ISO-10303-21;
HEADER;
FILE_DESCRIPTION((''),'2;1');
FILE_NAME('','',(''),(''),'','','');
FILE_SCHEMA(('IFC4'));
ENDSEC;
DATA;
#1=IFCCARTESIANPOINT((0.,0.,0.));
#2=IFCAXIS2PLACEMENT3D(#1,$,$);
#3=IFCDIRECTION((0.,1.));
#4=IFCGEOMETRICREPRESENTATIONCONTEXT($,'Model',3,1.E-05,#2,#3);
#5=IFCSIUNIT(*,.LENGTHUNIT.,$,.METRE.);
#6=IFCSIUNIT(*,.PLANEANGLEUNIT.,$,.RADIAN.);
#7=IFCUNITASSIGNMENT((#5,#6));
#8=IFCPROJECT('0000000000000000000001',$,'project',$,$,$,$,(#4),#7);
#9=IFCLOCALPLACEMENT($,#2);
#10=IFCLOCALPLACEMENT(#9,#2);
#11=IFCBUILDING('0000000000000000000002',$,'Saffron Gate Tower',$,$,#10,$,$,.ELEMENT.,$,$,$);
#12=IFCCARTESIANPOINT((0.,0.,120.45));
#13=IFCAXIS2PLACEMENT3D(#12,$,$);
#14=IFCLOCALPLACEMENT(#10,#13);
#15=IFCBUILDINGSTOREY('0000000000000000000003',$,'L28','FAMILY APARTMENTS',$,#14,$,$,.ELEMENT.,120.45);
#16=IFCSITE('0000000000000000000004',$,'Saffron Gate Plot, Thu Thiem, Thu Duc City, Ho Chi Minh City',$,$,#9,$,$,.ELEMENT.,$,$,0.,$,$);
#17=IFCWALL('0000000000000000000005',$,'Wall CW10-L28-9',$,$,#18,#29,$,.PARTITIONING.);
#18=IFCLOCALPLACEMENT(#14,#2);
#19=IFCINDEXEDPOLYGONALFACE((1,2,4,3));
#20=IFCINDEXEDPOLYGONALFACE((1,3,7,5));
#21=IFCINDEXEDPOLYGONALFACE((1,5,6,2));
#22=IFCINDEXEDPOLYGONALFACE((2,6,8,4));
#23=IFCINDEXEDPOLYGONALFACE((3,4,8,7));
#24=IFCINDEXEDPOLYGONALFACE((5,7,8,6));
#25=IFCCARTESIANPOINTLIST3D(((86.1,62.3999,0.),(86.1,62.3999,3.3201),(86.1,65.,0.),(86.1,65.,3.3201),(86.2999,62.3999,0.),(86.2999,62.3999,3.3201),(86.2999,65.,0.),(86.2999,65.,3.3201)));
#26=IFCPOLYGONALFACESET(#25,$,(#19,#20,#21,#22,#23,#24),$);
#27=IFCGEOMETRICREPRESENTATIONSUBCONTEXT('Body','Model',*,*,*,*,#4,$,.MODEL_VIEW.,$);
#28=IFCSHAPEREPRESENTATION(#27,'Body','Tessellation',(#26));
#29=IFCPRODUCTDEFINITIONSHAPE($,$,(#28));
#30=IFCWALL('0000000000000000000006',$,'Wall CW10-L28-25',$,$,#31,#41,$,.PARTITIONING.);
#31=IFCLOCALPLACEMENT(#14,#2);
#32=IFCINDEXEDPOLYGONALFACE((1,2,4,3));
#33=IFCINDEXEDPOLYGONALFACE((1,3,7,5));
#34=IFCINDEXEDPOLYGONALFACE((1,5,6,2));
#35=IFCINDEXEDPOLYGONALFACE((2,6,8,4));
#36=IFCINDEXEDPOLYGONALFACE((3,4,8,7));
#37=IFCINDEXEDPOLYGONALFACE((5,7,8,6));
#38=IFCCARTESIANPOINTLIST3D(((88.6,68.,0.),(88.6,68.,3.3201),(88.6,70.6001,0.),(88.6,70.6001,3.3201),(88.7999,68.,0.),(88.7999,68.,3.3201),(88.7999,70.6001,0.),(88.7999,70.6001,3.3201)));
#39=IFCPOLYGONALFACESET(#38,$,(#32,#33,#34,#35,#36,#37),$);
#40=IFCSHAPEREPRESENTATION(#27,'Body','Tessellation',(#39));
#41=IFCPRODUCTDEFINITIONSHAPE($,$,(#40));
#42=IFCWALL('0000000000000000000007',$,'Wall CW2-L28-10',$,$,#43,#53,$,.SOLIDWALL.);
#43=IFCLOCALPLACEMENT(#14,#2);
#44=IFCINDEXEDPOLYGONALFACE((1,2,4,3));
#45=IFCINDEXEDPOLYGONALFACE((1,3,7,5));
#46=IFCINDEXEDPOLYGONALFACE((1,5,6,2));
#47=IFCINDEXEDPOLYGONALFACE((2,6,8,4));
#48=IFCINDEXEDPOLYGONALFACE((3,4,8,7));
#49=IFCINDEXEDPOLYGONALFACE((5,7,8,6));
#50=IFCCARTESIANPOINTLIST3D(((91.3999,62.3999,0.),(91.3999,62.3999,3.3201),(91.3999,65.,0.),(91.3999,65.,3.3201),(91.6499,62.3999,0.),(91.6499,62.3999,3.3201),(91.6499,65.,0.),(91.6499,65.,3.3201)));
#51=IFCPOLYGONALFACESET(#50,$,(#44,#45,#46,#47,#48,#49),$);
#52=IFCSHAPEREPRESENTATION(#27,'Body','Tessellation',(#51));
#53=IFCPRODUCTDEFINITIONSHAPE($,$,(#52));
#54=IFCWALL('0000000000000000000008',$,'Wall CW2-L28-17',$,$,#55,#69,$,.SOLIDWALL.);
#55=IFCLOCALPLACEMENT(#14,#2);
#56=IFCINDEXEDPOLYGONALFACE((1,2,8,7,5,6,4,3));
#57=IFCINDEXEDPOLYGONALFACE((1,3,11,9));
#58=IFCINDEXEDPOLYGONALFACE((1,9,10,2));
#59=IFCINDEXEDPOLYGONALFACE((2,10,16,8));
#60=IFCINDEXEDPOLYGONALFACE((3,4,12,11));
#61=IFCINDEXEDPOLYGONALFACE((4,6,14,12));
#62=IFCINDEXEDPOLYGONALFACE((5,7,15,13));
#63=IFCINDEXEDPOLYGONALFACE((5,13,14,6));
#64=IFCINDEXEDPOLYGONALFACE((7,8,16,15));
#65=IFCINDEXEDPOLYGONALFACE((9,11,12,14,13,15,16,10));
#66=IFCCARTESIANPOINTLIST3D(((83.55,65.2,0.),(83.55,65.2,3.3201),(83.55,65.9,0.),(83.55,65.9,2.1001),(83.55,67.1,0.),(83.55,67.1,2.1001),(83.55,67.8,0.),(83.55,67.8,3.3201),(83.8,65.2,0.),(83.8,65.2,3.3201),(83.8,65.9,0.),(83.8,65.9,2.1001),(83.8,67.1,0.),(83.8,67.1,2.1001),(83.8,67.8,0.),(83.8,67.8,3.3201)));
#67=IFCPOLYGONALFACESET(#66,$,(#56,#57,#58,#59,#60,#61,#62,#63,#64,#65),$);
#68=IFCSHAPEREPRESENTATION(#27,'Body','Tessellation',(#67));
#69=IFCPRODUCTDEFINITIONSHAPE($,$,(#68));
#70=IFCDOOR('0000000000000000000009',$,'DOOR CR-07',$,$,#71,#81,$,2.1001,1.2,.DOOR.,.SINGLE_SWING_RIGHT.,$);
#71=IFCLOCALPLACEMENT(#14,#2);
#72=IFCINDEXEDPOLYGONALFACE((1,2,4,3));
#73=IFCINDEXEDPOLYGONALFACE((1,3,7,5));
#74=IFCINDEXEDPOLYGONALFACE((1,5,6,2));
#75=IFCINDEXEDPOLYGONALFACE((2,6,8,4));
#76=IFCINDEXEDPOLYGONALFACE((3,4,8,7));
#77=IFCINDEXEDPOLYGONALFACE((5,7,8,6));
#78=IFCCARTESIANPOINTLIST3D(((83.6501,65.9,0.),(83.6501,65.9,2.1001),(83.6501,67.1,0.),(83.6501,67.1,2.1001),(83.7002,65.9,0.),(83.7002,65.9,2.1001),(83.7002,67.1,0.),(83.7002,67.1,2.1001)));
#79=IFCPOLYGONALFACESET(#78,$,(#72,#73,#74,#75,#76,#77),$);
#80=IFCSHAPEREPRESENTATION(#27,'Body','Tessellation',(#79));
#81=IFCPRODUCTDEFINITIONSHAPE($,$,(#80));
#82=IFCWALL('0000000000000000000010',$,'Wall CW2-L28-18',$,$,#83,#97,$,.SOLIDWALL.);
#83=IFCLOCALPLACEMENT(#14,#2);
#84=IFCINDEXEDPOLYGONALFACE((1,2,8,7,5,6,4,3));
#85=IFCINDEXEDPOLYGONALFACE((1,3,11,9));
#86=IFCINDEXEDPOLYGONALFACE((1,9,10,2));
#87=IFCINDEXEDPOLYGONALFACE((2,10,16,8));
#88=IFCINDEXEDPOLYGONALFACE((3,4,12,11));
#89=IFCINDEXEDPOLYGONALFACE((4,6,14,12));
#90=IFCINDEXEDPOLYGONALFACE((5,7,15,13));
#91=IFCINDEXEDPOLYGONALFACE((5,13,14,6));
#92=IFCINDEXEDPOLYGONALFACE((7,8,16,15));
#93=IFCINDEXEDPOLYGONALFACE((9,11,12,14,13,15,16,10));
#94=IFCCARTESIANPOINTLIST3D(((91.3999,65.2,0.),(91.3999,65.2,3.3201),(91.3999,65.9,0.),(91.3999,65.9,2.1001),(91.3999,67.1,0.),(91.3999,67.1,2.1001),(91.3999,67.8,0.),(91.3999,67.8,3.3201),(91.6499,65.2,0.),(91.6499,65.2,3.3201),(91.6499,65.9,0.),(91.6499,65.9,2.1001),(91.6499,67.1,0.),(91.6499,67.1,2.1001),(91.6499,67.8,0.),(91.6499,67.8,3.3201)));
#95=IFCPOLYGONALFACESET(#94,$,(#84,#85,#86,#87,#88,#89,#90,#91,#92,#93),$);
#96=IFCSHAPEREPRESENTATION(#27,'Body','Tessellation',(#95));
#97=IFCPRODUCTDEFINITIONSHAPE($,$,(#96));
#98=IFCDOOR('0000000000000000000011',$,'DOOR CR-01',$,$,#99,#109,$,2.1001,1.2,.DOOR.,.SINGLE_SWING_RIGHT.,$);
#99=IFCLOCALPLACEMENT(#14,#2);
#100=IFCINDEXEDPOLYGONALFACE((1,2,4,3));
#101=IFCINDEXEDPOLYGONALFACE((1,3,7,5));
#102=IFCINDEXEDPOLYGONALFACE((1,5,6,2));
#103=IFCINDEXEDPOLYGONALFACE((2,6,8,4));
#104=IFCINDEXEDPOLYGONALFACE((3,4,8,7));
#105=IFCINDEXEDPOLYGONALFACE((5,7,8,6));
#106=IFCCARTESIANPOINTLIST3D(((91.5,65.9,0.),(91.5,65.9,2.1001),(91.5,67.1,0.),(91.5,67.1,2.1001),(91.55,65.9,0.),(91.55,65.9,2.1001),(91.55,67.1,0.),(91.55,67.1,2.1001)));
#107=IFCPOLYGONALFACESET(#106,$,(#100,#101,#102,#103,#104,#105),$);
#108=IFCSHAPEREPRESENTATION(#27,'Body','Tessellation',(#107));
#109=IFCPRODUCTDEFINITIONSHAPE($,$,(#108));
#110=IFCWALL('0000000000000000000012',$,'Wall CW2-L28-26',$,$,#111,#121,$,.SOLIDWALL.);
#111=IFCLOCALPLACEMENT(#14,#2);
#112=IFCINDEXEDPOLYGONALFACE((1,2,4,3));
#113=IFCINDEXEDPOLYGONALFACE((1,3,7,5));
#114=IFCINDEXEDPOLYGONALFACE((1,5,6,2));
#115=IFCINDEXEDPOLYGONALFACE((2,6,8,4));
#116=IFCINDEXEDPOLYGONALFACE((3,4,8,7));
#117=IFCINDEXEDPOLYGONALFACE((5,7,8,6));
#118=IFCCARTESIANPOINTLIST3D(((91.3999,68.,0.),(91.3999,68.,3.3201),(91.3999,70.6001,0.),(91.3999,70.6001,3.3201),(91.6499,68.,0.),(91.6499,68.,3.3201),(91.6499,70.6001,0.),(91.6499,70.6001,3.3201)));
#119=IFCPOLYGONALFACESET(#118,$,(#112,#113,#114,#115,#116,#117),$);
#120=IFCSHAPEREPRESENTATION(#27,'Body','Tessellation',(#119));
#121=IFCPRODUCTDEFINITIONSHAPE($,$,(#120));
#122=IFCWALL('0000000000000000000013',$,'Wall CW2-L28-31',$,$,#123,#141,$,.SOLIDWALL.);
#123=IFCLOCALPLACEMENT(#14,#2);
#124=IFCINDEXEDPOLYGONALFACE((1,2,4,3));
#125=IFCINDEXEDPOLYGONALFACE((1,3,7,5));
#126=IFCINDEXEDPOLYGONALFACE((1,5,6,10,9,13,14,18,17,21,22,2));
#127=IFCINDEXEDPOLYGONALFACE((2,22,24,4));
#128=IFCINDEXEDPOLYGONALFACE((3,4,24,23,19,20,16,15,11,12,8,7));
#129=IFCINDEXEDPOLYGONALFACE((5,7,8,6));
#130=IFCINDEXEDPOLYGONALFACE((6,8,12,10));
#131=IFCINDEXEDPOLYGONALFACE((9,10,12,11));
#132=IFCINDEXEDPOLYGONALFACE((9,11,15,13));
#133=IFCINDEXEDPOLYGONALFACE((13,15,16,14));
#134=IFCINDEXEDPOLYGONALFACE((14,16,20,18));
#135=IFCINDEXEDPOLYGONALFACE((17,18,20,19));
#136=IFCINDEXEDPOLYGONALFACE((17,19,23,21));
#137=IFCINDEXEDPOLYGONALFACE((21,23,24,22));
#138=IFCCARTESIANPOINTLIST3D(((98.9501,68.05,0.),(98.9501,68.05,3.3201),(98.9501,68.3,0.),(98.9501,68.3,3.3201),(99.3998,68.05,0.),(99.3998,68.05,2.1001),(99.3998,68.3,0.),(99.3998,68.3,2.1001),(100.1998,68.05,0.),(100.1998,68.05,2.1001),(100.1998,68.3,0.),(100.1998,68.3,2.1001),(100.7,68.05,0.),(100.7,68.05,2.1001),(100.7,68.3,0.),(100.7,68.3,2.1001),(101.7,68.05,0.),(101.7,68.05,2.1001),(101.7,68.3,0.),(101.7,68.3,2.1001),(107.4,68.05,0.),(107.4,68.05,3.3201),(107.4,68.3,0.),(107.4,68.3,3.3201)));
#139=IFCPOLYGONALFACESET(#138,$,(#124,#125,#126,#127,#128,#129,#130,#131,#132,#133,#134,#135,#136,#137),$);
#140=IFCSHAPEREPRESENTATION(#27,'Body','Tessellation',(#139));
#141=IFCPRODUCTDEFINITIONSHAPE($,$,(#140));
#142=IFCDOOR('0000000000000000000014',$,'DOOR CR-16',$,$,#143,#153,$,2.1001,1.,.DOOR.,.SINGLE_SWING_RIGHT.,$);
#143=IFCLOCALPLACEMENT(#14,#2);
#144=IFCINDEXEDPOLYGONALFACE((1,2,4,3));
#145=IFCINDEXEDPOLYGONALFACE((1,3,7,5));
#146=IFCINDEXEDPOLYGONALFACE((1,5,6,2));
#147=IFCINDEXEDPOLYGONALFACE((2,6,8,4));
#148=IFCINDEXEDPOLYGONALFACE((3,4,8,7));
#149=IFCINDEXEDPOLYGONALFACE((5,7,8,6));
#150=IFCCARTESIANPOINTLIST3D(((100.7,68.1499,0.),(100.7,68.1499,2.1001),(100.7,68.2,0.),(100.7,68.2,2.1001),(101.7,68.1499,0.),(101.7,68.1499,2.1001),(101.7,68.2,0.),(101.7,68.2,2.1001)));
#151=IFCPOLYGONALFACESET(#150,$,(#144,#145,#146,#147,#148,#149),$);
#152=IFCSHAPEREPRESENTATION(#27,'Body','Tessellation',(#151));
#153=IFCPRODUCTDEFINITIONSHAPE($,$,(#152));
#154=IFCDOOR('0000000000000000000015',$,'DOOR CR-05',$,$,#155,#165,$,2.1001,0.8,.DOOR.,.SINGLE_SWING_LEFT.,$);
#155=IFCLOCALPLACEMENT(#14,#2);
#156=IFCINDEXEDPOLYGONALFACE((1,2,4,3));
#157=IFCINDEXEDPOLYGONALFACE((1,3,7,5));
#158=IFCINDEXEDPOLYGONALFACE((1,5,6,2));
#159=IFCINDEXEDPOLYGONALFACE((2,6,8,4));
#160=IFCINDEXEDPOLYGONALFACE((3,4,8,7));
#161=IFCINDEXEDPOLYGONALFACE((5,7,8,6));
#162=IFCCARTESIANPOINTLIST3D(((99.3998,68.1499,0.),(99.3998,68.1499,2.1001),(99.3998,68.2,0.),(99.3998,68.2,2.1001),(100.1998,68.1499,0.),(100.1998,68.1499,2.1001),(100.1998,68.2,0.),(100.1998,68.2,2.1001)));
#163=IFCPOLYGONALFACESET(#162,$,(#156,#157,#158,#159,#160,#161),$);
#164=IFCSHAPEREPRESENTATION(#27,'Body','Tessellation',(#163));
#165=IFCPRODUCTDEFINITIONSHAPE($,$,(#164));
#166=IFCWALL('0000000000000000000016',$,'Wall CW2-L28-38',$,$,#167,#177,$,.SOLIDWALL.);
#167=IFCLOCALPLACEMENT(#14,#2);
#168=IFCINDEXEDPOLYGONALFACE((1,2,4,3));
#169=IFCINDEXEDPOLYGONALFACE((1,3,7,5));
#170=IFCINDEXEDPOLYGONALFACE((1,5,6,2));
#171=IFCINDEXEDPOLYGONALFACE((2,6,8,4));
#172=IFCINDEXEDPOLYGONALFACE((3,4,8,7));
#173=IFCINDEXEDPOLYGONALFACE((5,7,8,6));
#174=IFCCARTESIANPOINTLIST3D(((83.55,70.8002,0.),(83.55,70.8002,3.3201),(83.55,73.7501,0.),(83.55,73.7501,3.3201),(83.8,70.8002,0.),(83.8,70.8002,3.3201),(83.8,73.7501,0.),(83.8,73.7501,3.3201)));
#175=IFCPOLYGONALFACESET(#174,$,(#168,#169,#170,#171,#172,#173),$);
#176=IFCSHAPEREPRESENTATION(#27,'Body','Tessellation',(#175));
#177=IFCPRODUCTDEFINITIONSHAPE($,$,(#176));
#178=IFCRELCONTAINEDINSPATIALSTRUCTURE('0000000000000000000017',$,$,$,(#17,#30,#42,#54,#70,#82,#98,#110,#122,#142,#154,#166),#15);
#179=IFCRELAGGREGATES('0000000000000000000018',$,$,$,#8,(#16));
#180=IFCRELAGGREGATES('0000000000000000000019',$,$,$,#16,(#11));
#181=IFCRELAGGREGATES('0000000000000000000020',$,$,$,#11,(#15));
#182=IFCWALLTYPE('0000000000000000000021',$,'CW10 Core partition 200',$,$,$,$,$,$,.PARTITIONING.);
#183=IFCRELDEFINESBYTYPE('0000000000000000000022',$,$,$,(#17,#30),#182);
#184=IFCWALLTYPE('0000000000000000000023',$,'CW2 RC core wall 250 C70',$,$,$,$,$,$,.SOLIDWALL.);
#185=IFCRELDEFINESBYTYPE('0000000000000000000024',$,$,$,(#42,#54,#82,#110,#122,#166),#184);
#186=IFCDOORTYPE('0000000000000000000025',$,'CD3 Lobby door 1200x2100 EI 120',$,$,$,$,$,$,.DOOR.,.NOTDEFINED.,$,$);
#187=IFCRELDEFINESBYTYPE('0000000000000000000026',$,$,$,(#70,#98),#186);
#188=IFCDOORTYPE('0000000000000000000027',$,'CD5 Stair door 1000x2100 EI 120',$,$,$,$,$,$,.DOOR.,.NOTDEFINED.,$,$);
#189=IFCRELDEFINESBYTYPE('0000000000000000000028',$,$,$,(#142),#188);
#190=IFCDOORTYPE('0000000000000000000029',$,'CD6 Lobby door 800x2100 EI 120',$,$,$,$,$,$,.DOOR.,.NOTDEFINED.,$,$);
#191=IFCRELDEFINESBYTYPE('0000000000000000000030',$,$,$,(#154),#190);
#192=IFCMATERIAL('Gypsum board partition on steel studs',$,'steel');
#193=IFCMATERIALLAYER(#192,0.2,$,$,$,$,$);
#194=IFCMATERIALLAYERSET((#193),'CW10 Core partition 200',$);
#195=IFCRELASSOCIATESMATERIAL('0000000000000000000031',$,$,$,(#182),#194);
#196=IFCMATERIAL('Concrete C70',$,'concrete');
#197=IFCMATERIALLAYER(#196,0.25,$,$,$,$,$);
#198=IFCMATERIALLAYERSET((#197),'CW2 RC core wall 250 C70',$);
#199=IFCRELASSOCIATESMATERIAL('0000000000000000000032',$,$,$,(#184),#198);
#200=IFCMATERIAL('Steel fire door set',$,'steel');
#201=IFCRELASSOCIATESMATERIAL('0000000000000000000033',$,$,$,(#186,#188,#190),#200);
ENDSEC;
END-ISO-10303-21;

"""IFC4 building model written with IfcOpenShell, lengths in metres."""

from ifc_helpers import new_model, si_unit, direction, frame, frame_2d, origin, place, context, subcontext, project, spatial, rectangle, extrude, material, layer, layer_set, type_object, element, fill, save


model = new_model("IFC4")

# Units and contexts
model_context = context("Model", 3, precision=1e-05, world=origin(), true_north=direction((0.0, 1.0)))
body_context = subcontext(model_context, "Body", "Model", "MODEL_VIEW")
ifc_project = project(units=[si_unit("LENGTHUNIT", "METRE"), si_unit("PLANEANGLEUNIT", "RADIAN")], contexts=[model_context])

# Site, building, storey
site_placement = place(None, origin())
site = spatial("IfcSite", under=ifc_project, at=site_placement, Name="Saffron Gate Plot, Thu Thiem, Thu Duc City, Ho Chi Minh City", CompositionType="ELEMENT", RefElevation=0.0)
building_placement = place(site_placement, origin())
building = spatial("IfcBuilding", under=site, at=building_placement, Name="Saffron Gate Tower", CompositionType="ELEMENT")
storey_placement = place(building_placement, frame((0.0, 0.0, 120.45)))
storey = spatial("IfcBuildingStorey", under=building, at=storey_placement, Name="L28", Description="FAMILY APARTMENTS", CompositionType="ELEMENT", Elevation=120.45)

# Walls
ifc_material_1 = material(Name="Gypsum board partition on steel studs", Category="steel")
ifc_layer_1 = layer(ifc_material_1, 0.2)
ifc_layer_set_1 = layer_set([ifc_layer_1], Name="CW10 Core partition 200")
wall_type_1 = type_object("IfcWallType", Name="CW10 Core partition 200", PredefinedType="PARTITIONING", material=ifc_layer_set_1)
for number, where, z_axis, x_axis, name in (
    (1, (86.2, 62.3999, 0.0), (0.0, 0.0, 1.0), (0.0, 1.0, 0.0), "Wall CW10-L28-9"),
    (2, (88.7, 68.0, 0.0), (0.0, 0.0, 1.0), (0.0, 1.0, 0.0), "Wall CW10-L28-25"),
):
    element("IfcWall", number, at=place(storey_placement, frame(where, z_axis=z_axis, x_axis=x_axis)), inside=storey, type_object=wall_type_1, Name=name, PredefinedType="PARTITIONING", context=body_context, shape_type="SweptSolid", body=[
        extrude(rectangle(XDim=2.6001, YDim=0.2, at=frame_2d((1.3, 0.0))), origin(), (0.0, 0.0, 1.0), 3.3201),
    ])
ifc_material_2 = material(Name="Concrete C70", Category="concrete")
ifc_layer_2 = layer(ifc_material_2, 0.25)
ifc_layer_set_2 = layer_set([ifc_layer_2], Name="CW2 RC core wall 250 C70")
wall_type_2 = type_object("IfcWallType", Name="CW2 RC core wall 250 C70", PredefinedType="SOLIDWALL", material=ifc_layer_set_2)
wall_1_placement = place(storey_placement, frame((91.5249, 62.3999, 0.0), z_axis=(0.0, 0.0, 1.0), x_axis=(0.0, 1.0, 0.0)))
element("IfcWall", 3, at=wall_1_placement, inside=storey, type_object=wall_type_2, Name="Wall CW2-L28-10", PredefinedType="SOLIDWALL", context=body_context, shape_type="SweptSolid", body=[
    extrude(rectangle(XDim=2.6001, YDim=0.25, at=frame_2d((1.3, 0.0))), origin(), (0.0, 0.0, 1.0), 3.3201),
])

# Walls, openings, doors
wall_2_placement = place(storey_placement, frame((83.675, 65.2, 0.0), z_axis=(0.0, 0.0, 1.0), x_axis=(0.0, 1.0, 0.0)))
wall_2 = element("IfcWall", 4, at=wall_2_placement, inside=storey, type_object=wall_type_2, Name="Wall CW2-L28-17", PredefinedType="SOLIDWALL", context=body_context, shape_type="SweptSolid", body=[
    extrude(rectangle(XDim=2.6001, YDim=0.25, at=frame_2d((1.3, 0.0))), origin(), (0.0, 0.0, 1.0), 3.3201),
])
opening_1_placement = place(wall_2_placement, frame((0.7, 0.0, 0.0)))
opening_1 = element("IfcOpeningElement", 5, at=opening_1_placement, cuts=wall_2, PredefinedType="OPENING", context=body_context, shape_type="SweptSolid", body=[
    extrude(rectangle(XDim=1.2, YDim=2.1001, at=frame_2d((0.6001, 1.05))), frame((0.0, 0.135, 0.0), z_axis=(0.0, -1.0, 0.0), x_axis=(1.0, 0.0, 0.0)), (0.0, 0.0, 1.0), 0.27),
])
ifc_material_3 = material(Name="Steel fire door set", Category="steel")
door_type_1 = type_object("IfcDoorType", Name="CD3 Lobby door 1200x2100 EI 120", OperationType="NOTDEFINED", PredefinedType="DOOR", material=ifc_material_3)
door_1_placement = place(opening_1_placement, origin())
door_1 = element("IfcDoor", 6, at=door_1_placement, inside=storey, type_object=door_type_1, Name="DOOR CR-07", OperationType="SINGLE_SWING_RIGHT", OverallHeight=2.1001, OverallWidth=1.2, PredefinedType="DOOR", context=body_context, shape_type="SweptSolid", body=[
    extrude(rectangle(XDim=1.2, YDim=2.1001, at=frame_2d((0.6001, 1.05))), frame((0.0, 0.0249, 0.0), z_axis=(0.0, -1.0, 0.0), x_axis=(1.0, 0.0, 0.0)), (0.0, 0.0, 1.0), 0.05),
])
fill(opening_1, door_1)
wall_3_placement = place(storey_placement, frame((91.5249, 65.2, 0.0), z_axis=(0.0, 0.0, 1.0), x_axis=(0.0, 1.0, 0.0)))
wall_3 = element("IfcWall", 7, at=wall_3_placement, inside=storey, type_object=wall_type_2, Name="Wall CW2-L28-18", PredefinedType="SOLIDWALL", context=body_context, shape_type="SweptSolid", body=[
    extrude(rectangle(XDim=2.6001, YDim=0.25, at=frame_2d((1.3, 0.0))), origin(), (0.0, 0.0, 1.0), 3.3201),
])
opening_2_placement = place(wall_3_placement, frame((0.7, 0.0, 0.0)))
opening_2 = element("IfcOpeningElement", 8, at=opening_2_placement, cuts=wall_3, PredefinedType="OPENING", context=body_context, shape_type="SweptSolid", body=[
    extrude(rectangle(XDim=1.2, YDim=2.1001, at=frame_2d((0.6001, 1.05))), frame((0.0, 0.135, 0.0), z_axis=(0.0, -1.0, 0.0), x_axis=(1.0, 0.0, 0.0)), (0.0, 0.0, 1.0), 0.27),
])
door_2_placement = place(opening_2_placement, origin())
door_2 = element("IfcDoor", 9, at=door_2_placement, inside=storey, type_object=door_type_1, Name="DOOR CR-01", OperationType="SINGLE_SWING_RIGHT", OverallHeight=2.1001, OverallWidth=1.2, PredefinedType="DOOR", context=body_context, shape_type="SweptSolid", body=[
    extrude(rectangle(XDim=1.2, YDim=2.1001, at=frame_2d((0.6001, 1.05))), frame((0.0, 0.0249, 0.0), z_axis=(0.0, -1.0, 0.0), x_axis=(1.0, 0.0, 0.0)), (0.0, 0.0, 1.0), 0.05),
])
fill(opening_2, door_2)

# Wall
wall_4_placement = place(storey_placement, frame((91.5249, 68.0, 0.0), z_axis=(0.0, 0.0, 1.0), x_axis=(0.0, 1.0, 0.0)))
element("IfcWall", 10, at=wall_4_placement, inside=storey, type_object=wall_type_2, Name="Wall CW2-L28-26", PredefinedType="SOLIDWALL", context=body_context, shape_type="SweptSolid", body=[
    extrude(rectangle(XDim=2.6001, YDim=0.25, at=frame_2d((1.3, 0.0))), origin(), (0.0, 0.0, 1.0), 3.3201),
])

# Wall, openings, doors
wall_5_placement = place(storey_placement, frame((98.95, 68.175, 0.0), z_axis=(0.0, 0.0, 1.0), x_axis=(1.0, 0.0, 0.0)))
wall_5 = element("IfcWall", 11, at=wall_5_placement, inside=storey, type_object=wall_type_2, Name="Wall CW2-L28-31", PredefinedType="SOLIDWALL", context=body_context, shape_type="SweptSolid", body=[
    extrude(rectangle(XDim=8.45, YDim=0.25, at=frame_2d((4.2251, 0.0))), origin(), (0.0, 0.0, 1.0), 3.3201),
])
opening_3_placement = place(wall_5_placement, frame((0.45, 0.0, 0.0)))
opening_3 = element("IfcOpeningElement", 12, at=opening_3_placement, cuts=wall_5, PredefinedType="OPENING", context=body_context, shape_type="SweptSolid", body=[
    extrude(rectangle(XDim=0.8, YDim=2.1001, at=frame_2d((0.3999, 1.05))), frame((0.0, 0.135, 0.0), z_axis=(0.0, -1.0, 0.0), x_axis=(1.0, 0.0, 0.0)), (0.0, 0.0, 1.0), 0.27),
])
opening_4_placement = place(wall_5_placement, frame((1.75, 0.0, 0.0)))
opening_4 = element("IfcOpeningElement", 13, at=opening_4_placement, cuts=wall_5, PredefinedType="OPENING", context=body_context, shape_type="SweptSolid", body=[
    extrude(rectangle(XDim=1.0, YDim=2.1001, at=frame_2d((0.5, 1.05))), frame((0.0, 0.135, 0.0), z_axis=(0.0, -1.0, 0.0), x_axis=(1.0, 0.0, 0.0)), (0.0, 0.0, 1.0), 0.27),
])
door_type_2 = type_object("IfcDoorType", Name="CD5 Stair door 1000x2100 EI 120", OperationType="NOTDEFINED", PredefinedType="DOOR", material=ifc_material_3)
door_3_placement = place(opening_4_placement, origin())
door_3 = element("IfcDoor", 14, at=door_3_placement, inside=storey, type_object=door_type_2, Name="DOOR CR-16", OperationType="SINGLE_SWING_RIGHT", OverallHeight=2.1001, OverallWidth=1.0, PredefinedType="DOOR", context=body_context, shape_type="SweptSolid", body=[
    extrude(rectangle(XDim=1.0, YDim=2.1001, at=frame_2d((0.5, 1.05))), frame((0.0, 0.0249, 0.0), z_axis=(0.0, -1.0, 0.0), x_axis=(1.0, 0.0, 0.0)), (0.0, 0.0, 1.0), 0.05),
])
fill(opening_4, door_3)
door_type_3 = type_object("IfcDoorType", Name="CD6 Lobby door 800x2100 EI 120", OperationType="NOTDEFINED", PredefinedType="DOOR", material=ifc_material_3)
door_4_placement = place(opening_3_placement, origin())
door_4 = element("IfcDoor", 15, at=door_4_placement, inside=storey, type_object=door_type_3, Name="DOOR CR-05", OperationType="SINGLE_SWING_LEFT", OverallHeight=2.1001, OverallWidth=0.8, PredefinedType="DOOR", context=body_context, shape_type="SweptSolid", body=[
    extrude(rectangle(XDim=0.8, YDim=2.1001, at=frame_2d((0.3999, 1.05))), frame((0.0, 0.0249, 0.0), z_axis=(0.0, -1.0, 0.0), x_axis=(1.0, 0.0, 0.0)), (0.0, 0.0, 1.0), 0.05),
])
fill(opening_3, door_4)

# Wall
wall_6_placement = place(storey_placement, frame((83.675, 70.8, 0.0), z_axis=(0.0, 0.0, 1.0), x_axis=(0.0, 1.0, 0.0)))
element("IfcWall", 16, at=wall_6_placement, inside=storey, type_object=wall_type_2, Name="Wall CW2-L28-38", PredefinedType="SOLIDWALL", context=body_context, shape_type="SweptSolid", body=[
    extrude(rectangle(XDim=2.95, YDim=0.25, at=frame_2d((1.4751, 0.0))), origin(), (0.0, 0.0, 1.0), 3.3201),
])

save(model, "model.ifc")
